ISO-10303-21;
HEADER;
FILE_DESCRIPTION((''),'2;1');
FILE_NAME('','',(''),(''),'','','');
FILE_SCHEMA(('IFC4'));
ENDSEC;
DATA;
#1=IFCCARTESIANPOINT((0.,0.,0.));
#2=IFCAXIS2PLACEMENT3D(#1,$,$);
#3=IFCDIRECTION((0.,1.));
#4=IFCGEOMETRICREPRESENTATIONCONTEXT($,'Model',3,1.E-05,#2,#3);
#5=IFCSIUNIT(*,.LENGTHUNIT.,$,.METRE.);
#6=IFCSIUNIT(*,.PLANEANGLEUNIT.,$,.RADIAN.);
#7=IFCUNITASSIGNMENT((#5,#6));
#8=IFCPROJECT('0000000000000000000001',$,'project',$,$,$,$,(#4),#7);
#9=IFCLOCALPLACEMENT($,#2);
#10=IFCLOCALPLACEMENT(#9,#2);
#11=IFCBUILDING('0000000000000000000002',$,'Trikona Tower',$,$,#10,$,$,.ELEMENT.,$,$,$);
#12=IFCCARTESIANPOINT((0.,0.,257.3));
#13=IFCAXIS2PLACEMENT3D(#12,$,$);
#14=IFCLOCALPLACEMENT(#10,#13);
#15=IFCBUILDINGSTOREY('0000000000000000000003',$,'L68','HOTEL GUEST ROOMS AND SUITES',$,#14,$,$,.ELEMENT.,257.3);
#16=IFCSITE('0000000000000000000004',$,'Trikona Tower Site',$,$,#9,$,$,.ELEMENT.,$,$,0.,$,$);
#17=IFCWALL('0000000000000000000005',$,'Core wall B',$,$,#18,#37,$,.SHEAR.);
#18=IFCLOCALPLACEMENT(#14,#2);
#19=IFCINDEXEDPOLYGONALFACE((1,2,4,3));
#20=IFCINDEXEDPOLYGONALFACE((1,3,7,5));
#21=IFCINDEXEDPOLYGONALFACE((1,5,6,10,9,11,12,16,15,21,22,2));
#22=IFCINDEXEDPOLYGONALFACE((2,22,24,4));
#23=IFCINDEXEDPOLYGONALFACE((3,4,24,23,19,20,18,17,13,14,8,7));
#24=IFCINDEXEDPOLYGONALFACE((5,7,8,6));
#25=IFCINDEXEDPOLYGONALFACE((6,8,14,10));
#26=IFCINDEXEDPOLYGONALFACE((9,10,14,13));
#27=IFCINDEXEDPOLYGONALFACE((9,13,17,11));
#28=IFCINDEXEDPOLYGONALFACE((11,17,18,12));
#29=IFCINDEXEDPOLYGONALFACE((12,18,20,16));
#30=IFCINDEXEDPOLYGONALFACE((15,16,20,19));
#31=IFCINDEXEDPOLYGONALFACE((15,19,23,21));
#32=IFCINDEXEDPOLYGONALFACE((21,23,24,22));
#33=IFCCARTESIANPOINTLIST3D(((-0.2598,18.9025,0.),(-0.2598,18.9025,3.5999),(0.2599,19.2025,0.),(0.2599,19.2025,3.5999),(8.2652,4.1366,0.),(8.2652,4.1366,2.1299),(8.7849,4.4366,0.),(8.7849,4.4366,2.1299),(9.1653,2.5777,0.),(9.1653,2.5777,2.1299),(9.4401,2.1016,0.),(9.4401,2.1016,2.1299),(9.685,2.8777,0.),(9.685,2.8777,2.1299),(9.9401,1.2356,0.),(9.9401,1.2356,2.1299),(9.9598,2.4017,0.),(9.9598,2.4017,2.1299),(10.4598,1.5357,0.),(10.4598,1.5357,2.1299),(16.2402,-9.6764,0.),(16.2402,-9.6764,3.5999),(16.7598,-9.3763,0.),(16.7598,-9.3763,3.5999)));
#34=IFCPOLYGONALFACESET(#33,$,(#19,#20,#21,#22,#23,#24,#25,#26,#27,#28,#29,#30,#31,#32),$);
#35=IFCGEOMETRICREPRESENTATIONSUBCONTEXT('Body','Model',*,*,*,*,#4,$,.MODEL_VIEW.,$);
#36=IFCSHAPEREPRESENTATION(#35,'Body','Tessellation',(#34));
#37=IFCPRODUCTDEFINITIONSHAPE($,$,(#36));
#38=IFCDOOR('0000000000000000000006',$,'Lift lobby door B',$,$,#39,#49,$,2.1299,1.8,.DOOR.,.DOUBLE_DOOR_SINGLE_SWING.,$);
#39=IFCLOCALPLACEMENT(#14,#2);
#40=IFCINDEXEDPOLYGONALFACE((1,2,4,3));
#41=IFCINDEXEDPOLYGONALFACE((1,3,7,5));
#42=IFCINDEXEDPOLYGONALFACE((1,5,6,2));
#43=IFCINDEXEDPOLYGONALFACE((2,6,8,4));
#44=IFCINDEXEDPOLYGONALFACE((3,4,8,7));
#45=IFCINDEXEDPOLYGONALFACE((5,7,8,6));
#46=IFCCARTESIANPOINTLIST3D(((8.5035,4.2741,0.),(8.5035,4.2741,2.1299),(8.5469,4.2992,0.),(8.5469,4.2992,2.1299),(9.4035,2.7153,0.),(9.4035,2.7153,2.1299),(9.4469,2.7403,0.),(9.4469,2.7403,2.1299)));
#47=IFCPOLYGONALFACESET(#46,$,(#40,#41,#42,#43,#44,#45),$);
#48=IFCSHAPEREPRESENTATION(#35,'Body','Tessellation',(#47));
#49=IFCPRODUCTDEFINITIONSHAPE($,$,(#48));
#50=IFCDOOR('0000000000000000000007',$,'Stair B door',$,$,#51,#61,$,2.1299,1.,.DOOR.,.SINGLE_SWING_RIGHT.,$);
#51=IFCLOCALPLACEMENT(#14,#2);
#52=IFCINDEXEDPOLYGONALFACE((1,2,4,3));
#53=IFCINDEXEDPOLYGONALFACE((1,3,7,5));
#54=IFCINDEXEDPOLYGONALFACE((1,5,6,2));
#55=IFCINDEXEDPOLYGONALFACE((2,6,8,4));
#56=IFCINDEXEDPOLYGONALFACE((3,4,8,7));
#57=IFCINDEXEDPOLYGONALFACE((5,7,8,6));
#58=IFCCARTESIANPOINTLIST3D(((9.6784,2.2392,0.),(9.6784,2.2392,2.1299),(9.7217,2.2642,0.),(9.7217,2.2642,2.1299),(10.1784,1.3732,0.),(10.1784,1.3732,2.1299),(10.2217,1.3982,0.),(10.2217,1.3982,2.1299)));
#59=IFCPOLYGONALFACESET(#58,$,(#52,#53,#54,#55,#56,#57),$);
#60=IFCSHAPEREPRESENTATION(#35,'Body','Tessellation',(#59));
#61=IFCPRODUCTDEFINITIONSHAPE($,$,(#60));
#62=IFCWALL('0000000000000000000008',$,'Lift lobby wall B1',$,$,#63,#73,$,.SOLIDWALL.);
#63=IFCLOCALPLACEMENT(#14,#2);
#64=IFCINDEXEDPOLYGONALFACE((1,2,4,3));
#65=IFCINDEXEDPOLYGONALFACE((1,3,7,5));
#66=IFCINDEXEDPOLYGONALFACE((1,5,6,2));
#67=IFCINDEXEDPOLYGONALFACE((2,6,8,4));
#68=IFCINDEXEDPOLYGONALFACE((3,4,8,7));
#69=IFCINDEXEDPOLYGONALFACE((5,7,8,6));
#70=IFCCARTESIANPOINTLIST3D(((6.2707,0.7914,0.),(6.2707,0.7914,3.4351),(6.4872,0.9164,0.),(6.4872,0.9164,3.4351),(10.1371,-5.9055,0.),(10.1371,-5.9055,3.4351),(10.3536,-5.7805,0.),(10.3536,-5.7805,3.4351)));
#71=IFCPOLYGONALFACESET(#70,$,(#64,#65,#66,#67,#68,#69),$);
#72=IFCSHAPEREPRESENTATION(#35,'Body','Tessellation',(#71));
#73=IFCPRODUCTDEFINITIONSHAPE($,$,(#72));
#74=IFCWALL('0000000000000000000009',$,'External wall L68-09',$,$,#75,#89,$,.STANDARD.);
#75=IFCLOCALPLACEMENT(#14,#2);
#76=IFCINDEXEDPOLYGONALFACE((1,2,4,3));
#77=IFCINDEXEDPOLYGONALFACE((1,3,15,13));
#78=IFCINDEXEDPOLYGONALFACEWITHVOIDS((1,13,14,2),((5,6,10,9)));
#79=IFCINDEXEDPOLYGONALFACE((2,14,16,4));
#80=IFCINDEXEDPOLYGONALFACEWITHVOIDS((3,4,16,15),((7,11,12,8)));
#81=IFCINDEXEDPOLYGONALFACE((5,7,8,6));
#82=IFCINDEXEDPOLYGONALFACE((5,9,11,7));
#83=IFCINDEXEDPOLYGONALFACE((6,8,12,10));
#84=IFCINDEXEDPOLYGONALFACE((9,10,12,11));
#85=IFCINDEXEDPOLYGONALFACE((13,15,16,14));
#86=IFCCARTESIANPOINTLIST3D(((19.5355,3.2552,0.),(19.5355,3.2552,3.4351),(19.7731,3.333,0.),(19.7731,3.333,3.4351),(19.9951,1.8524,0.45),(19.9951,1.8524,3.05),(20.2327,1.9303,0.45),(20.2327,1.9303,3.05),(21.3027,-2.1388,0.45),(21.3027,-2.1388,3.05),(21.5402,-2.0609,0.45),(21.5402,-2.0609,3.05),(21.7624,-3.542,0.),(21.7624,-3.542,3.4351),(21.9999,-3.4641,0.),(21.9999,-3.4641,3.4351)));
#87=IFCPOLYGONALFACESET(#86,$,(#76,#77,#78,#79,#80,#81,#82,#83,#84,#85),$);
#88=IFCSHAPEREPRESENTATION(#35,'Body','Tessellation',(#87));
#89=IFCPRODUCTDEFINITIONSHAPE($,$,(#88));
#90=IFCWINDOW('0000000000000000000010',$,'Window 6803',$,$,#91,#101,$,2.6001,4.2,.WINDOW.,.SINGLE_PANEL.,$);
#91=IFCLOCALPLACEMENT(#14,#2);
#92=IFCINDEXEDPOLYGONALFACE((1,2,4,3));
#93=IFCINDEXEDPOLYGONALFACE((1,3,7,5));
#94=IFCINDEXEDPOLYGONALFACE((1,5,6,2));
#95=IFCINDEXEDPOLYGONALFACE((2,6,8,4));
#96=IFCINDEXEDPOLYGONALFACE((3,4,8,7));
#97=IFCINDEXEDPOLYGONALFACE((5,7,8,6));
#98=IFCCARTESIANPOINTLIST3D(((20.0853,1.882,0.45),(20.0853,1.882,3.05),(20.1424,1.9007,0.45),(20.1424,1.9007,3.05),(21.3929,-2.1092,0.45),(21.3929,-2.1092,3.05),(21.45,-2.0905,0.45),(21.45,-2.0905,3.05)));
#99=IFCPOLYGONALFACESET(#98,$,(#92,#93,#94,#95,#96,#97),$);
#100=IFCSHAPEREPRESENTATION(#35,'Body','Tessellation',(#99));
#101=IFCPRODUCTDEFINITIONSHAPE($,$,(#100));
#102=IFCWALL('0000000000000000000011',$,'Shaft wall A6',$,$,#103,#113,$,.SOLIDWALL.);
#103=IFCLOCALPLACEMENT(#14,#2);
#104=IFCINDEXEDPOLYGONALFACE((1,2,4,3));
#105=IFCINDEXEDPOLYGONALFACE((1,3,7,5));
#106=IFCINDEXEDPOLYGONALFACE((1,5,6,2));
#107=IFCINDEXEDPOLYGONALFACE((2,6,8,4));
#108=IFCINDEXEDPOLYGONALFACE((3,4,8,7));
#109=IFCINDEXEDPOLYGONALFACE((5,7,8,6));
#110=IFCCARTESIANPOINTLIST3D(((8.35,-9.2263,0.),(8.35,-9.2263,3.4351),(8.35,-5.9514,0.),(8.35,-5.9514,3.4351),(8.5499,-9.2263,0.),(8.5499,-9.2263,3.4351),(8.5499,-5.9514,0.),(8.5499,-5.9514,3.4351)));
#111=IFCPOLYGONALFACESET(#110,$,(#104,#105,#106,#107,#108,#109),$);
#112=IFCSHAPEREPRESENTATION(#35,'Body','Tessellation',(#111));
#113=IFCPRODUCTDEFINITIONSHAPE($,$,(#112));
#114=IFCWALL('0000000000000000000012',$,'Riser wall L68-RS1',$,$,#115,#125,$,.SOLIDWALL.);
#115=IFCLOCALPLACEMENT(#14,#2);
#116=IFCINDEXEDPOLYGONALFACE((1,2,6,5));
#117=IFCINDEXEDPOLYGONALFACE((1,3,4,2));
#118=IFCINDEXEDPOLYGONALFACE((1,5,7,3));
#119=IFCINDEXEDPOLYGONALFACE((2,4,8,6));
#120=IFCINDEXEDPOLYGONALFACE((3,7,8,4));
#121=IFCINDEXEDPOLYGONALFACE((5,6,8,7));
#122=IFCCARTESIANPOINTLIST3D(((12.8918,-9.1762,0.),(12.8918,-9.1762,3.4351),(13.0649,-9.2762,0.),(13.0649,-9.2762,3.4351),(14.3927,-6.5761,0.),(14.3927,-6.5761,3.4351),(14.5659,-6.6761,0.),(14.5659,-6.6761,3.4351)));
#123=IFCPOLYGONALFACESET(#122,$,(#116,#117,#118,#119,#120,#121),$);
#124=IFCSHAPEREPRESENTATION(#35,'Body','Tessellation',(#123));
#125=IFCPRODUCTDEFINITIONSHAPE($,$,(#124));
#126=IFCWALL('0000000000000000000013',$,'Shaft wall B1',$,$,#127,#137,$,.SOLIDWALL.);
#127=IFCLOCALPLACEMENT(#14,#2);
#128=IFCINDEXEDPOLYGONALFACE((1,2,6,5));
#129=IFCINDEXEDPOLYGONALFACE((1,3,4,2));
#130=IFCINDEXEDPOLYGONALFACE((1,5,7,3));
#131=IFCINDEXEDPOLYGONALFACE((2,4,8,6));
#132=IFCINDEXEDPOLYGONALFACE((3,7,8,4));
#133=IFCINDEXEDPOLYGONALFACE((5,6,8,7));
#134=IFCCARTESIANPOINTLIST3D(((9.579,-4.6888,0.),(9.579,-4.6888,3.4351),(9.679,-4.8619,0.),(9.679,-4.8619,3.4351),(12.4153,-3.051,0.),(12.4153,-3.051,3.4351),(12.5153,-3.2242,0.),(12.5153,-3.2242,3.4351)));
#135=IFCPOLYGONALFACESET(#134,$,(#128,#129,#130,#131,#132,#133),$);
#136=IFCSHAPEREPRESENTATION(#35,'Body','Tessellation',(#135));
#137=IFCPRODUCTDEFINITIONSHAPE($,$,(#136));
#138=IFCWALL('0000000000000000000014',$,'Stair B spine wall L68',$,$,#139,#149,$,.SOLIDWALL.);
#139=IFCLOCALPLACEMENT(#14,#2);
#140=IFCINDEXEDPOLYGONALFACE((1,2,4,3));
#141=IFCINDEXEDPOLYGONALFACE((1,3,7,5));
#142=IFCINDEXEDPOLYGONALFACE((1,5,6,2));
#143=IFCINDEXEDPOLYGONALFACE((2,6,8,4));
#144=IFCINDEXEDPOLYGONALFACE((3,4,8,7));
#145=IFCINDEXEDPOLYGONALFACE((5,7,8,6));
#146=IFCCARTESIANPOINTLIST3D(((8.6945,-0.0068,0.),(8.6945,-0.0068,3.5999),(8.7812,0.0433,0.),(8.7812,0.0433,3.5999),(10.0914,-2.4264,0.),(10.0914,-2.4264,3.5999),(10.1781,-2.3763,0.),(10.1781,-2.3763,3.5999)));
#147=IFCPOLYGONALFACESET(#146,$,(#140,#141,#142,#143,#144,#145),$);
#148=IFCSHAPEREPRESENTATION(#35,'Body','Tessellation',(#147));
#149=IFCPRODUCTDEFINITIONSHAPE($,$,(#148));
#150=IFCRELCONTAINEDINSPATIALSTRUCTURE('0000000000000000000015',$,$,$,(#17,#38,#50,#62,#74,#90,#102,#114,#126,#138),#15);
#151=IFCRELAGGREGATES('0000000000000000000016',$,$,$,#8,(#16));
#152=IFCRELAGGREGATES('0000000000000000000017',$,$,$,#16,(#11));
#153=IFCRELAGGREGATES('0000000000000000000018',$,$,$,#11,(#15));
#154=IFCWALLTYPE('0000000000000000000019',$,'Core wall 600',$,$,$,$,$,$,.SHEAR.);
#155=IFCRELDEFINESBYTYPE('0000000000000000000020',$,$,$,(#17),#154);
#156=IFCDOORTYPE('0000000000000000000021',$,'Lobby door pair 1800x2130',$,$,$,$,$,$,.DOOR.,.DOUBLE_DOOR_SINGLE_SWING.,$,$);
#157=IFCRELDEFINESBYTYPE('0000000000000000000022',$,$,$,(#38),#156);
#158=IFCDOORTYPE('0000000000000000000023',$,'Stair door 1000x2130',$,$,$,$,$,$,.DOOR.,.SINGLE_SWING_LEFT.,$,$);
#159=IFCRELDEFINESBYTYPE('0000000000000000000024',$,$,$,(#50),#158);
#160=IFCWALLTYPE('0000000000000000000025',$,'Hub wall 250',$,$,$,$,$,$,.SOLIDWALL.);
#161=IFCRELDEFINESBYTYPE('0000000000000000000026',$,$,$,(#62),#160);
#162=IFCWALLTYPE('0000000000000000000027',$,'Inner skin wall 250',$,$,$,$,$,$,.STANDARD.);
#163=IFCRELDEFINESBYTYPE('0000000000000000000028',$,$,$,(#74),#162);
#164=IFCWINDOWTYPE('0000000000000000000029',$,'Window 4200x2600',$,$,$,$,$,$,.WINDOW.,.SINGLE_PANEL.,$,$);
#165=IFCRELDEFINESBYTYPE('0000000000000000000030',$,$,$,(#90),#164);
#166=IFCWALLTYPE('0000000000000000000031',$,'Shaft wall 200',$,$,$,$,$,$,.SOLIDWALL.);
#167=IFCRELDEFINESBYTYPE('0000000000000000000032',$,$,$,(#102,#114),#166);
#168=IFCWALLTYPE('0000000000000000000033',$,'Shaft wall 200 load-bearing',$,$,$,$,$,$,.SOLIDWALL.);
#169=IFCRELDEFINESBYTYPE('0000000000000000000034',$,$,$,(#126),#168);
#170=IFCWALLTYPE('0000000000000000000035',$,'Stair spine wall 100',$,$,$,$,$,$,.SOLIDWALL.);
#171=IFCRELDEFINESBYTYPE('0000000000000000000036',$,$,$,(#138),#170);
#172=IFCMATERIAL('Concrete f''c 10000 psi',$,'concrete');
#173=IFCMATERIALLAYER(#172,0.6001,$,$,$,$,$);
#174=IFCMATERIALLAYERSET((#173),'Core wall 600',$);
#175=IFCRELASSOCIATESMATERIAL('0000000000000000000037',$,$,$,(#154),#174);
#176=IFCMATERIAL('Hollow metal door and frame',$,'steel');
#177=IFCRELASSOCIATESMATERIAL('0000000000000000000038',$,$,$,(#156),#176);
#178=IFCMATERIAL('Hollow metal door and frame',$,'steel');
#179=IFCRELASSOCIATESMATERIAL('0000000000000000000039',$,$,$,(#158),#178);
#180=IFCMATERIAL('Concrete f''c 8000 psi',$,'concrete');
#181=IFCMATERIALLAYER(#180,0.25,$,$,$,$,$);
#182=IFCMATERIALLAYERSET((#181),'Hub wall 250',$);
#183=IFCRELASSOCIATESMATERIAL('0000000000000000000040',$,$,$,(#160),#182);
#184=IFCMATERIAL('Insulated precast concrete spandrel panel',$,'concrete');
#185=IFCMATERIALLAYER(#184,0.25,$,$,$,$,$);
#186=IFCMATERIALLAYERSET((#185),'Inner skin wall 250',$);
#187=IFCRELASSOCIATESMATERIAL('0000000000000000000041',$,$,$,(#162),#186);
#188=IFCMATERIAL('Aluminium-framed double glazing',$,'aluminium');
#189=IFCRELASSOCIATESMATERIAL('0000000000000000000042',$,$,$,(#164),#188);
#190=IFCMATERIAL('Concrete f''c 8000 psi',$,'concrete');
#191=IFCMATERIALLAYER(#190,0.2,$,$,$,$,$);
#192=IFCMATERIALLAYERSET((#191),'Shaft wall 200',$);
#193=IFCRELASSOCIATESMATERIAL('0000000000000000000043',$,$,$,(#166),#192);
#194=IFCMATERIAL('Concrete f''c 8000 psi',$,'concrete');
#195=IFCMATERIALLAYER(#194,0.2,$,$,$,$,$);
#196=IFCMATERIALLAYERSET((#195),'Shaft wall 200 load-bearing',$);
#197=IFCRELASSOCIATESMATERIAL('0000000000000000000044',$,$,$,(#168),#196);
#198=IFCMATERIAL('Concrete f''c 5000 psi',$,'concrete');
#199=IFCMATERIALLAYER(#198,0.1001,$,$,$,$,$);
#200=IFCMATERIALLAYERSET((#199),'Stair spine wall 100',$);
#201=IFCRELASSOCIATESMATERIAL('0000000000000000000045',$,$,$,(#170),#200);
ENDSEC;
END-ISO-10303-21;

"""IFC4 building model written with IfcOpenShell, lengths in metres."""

from ifc_helpers import new_model, si_unit, direction, frame, frame_2d, origin, place, context, subcontext, project, spatial, rectangle, extrude, material, layer, layer_set, type_object, element, fill, save


model = new_model("IFC4")

# Units and contexts
model_context = context("Model", 3, precision=1e-05, world=origin(), true_north=direction((0.0, 1.0)))
body_context = subcontext(model_context, "Body", "Model", "MODEL_VIEW")
ifc_project = project(units=[si_unit("LENGTHUNIT", "METRE"), si_unit("PLANEANGLEUNIT", "RADIAN")], contexts=[model_context])

# Site, building, storey
site_placement = place(None, origin())
site = spatial("IfcSite", under=ifc_project, at=site_placement, Name="Trikona Tower Site", CompositionType="ELEMENT", RefElevation=0.0)
building_placement = place(site_placement, origin())
building = spatial("IfcBuilding", under=site, at=building_placement, Name="Trikona Tower", CompositionType="ELEMENT")
storey_placement = place(building_placement, frame((0.0, 0.0, 257.3)))
storey = spatial("IfcBuildingStorey", under=building, at=storey_placement, Name="L68", Description="HOTEL GUEST ROOMS AND SUITES", CompositionType="ELEMENT", Elevation=257.3)

# Wall, openings, doors
ifc_material_1 = material(Name="Concrete f'c 10000 psi", Category="concrete")
ifc_layer_1 = layer(ifc_material_1, 0.6001)
ifc_layer_set_1 = layer_set([ifc_layer_1], Name="Core wall 600")
wall_type_1 = type_object("IfcWallType", Name="Core wall 600", PredefinedType="SHEAR", material=ifc_layer_set_1)
wall_1_placement = place(storey_placement, frame((16.5, -9.5264, 0.0), z_axis=(0.0, 0.0, 1.0), x_axis=(-0.5, 0.866026, 0.0)))
wall_1 = element("IfcWall", 1, at=wall_1_placement, inside=storey, type_object=wall_type_1, Name="Core wall B", PredefinedType="SHEAR", context=body_context, shape_type="SweptSolid", body=[
    extrude(rectangle(XDim=33.0, YDim=0.6001, at=frame_2d((16.5, 0.0))), origin(), (0.0, 0.0, 1.0), 3.5999),
])
opening_1_placement = place(wall_1_placement, frame((14.1499, 0.0, 0.0)))
opening_1 = element("IfcOpeningElement", 2, at=opening_1_placement, cuts=wall_1, PredefinedType="OPENING", context=body_context, shape_type="SweptSolid", body=[
    extrude(rectangle(XDim=1.8, YDim=2.1299, at=frame_2d((0.8999, 1.0649))), frame((0.0, 0.3101, 0.0), z_axis=(0.0, -1.0, 0.0), x_axis=(1.0, 0.0, 0.0)), (0.0, 0.0, 1.0), 0.6201),
])
opening_2_placement = place(wall_1_placement, frame((12.6001, 0.0, 0.0)))
opening_2 = element("IfcOpeningElement", 3, at=opening_2_placement, cuts=wall_1, PredefinedType="OPENING", context=body_context, shape_type="SweptSolid", body=[
    extrude(rectangle(XDim=1.0, YDim=2.1299, at=frame_2d((0.5, 1.0649))), frame((0.0, 0.3101, 0.0), z_axis=(0.0, -1.0, 0.0), x_axis=(1.0, 0.0, 0.0)), (0.0, 0.0, 1.0), 0.6201),
])
ifc_material_2 = material(Name="Hollow metal door and frame", Category="steel")
door_type_1 = type_object("IfcDoorType", Name="Lobby door pair 1800x2130", OperationType="DOUBLE_DOOR_SINGLE_SWING", PredefinedType="DOOR", material=ifc_material_2)
door_1_placement = place(opening_1_placement, origin())
door_1 = element("IfcDoor", 4, at=door_1_placement, inside=storey, type_object=door_type_1, Name="Lift lobby door B", OperationType="DOUBLE_DOOR_SINGLE_SWING", OverallHeight=2.1299, OverallWidth=1.8, PredefinedType="DOOR", context=body_context, shape_type="SweptSolid", body=[
    extrude(rectangle(XDim=1.8, YDim=2.1299, at=frame_2d((0.8999, 1.0649))), frame((0.0, 0.0249, 0.0), z_axis=(0.0, -1.0, 0.0), x_axis=(1.0, 0.0, 0.0)), (0.0, 0.0, 1.0), 0.05),
])
fill(opening_1, door_1)
ifc_material_3 = material(Name="Hollow metal door and frame", Category="steel")
door_type_2 = type_object("IfcDoorType", Name="Stair door 1000x2130", OperationType="SINGLE_SWING_LEFT", PredefinedType="DOOR", material=ifc_material_3)
door_2_placement = place(opening_2_placement, origin())
door_2 = element("IfcDoor", 5, at=door_2_placement, inside=storey, type_object=door_type_2, Name="Stair B door", OperationType="SINGLE_SWING_RIGHT", OverallHeight=2.1299, OverallWidth=1.0, PredefinedType="DOOR", context=body_context, shape_type="SweptSolid", body=[
    extrude(rectangle(XDim=1.0, YDim=2.1299, at=frame_2d((0.5, 1.0649))), frame((0.0, 0.0249, 0.0), z_axis=(0.0, -1.0, 0.0), x_axis=(1.0, 0.0, 0.0)), (0.0, 0.0, 1.0), 0.05),
])
fill(opening_2, door_2)

# Wall
ifc_material_4 = material(Name="Concrete f'c 8000 psi", Category="concrete")
ifc_layer_2 = layer(ifc_material_4, 0.25)
ifc_layer_set_2 = layer_set([ifc_layer_2], Name="Hub wall 250")
wall_type_2 = type_object("IfcWallType", Name="Hub wall 250", PredefinedType="SOLIDWALL", material=ifc_layer_set_2)
wall_2_placement = place(storey_placement, frame((10.2454, -5.843, 0.0), z_axis=(0.0, 0.0, 1.0), x_axis=(-0.499993, 0.866029, 0.0)))
element("IfcWall", 6, at=wall_2_placement, inside=storey, type_object=wall_type_2, Name="Lift lobby wall B1", PredefinedType="SOLIDWALL", context=body_context, shape_type="SweptSolid", body=[
    extrude(rectangle(XDim=7.7329, YDim=0.25, at=frame_2d((3.8665, 0.0))), origin(), (0.0, 0.0, 1.0), 3.4351),
])

# Wall, opening, window
ifc_material_5 = material(Name="Insulated precast concrete spandrel panel", Category="concrete")
ifc_layer_3 = layer(ifc_material_5, 0.25)
ifc_layer_set_3 = layer_set([ifc_layer_3], Name="Inner skin wall 250")
wall_type_3 = type_object("IfcWallType", Name="Inner skin wall 250", PredefinedType="STANDARD", material=ifc_layer_set_3)
wall_3_placement = place(storey_placement, frame((21.8811, -3.5029, 0.0), z_axis=(0.0, 0.0, 1.0), x_axis=(-0.311329, 0.950302, 0.0)))
wall_3 = element("IfcWall", 7, at=wall_3_placement, inside=storey, type_object=wall_type_3, Name="External wall L68-09", PredefinedType="STANDARD", context=body_context, shape_type="SweptSolid", body=[
    extrude(rectangle(XDim=7.1526, YDim=0.25, at=frame_2d((3.5762, 0.0))), origin(), (0.0, 0.0, 1.0), 3.4351),
])
opening_3_placement = place(wall_3_placement, frame((1.4763, 0.0, 0.45)))
opening_3 = element("IfcOpeningElement", 8, at=opening_3_placement, cuts=wall_3, PredefinedType="OPENING", context=body_context, shape_type="SweptSolid", body=[
    extrude(rectangle(XDim=4.2, YDim=2.6001, at=frame_2d((2.1001, 1.3))), frame((0.0, 0.135, 0.0), z_axis=(0.0, -1.0, 0.0), x_axis=(1.0, 0.0, 0.0)), (0.0, 0.0, 1.0), 0.27),
])
ifc_material_6 = material(Name="Aluminium-framed double glazing", Category="aluminium")
window_type_1 = type_object("IfcWindowType", Name="Window 4200x2600", PartitioningType="SINGLE_PANEL", PredefinedType="WINDOW", material=ifc_material_6)
window_1_placement = place(opening_3_placement, origin())
window_1 = element("IfcWindow", 9, at=window_1_placement, inside=storey, type_object=window_type_1, Name="Window 6803", OverallHeight=2.6001, OverallWidth=4.2, PartitioningType="SINGLE_PANEL", PredefinedType="WINDOW", context=body_context, shape_type="SweptSolid", body=[
    extrude(rectangle(XDim=4.2, YDim=2.6001, at=frame_2d((2.1001, 1.3))), frame((0.0, 0.03, 0.0), z_axis=(0.0, -1.0, 0.0), x_axis=(1.0, 0.0, 0.0)), (0.0, 0.0, 1.0), 0.0601),
])
fill(opening_3, window_1)

# Walls
ifc_material_7 = material(Name="Concrete f'c 8000 psi", Category="concrete")
ifc_layer_4 = layer(ifc_material_7, 0.2)
ifc_layer_set_4 = layer_set([ifc_layer_4], Name="Shaft wall 200")
wall_type_4 = type_object("IfcWallType", Name="Shaft wall 200", PredefinedType="SOLIDWALL", material=ifc_layer_set_4)
wall_4_placement = place(storey_placement, frame((8.45, -5.9514, 0.0), z_axis=(0.0, 0.0, 1.0), x_axis=(0.0, -1.0, 0.0)))
element("IfcWall", 10, at=wall_4_placement, inside=storey, type_object=wall_type_4, Name="Shaft wall A6", PredefinedType="SOLIDWALL", context=body_context, shape_type="SweptSolid", body=[
    extrude(rectangle(XDim=3.2749, YDim=0.2, at=frame_2d((1.6375, 0.0))), origin(), (0.0, 0.0, 1.0), 3.4351),
])
wall_5_placement = place(storey_placement, frame((14.4792, -6.6262, 0.0), z_axis=(0.0, 0.0, 1.0), x_axis=(-0.499952, -0.866053, 0.0)))
element("IfcWall", 11, at=wall_5_placement, inside=storey, type_object=wall_type_4, Name="Riser wall L68-RS1", PredefinedType="SOLIDWALL", context=body_context, shape_type="SweptSolid", body=[
    extrude(rectangle(XDim=3.0022, YDim=0.2, at=frame_2d((1.501, 0.0))), origin(), (0.0, 0.0, 1.0), 3.4351),
])
ifc_material_8 = material(Name="Concrete f'c 8000 psi", Category="concrete")
ifc_layer_5 = layer(ifc_material_8, 0.2)
ifc_layer_set_5 = layer_set([ifc_layer_5], Name="Shaft wall 200 load-bearing")
wall_type_5 = type_object("IfcWallType", Name="Shaft wall 200 load-bearing", PredefinedType="SOLIDWALL", material=ifc_layer_set_5)
wall_6_placement = place(storey_placement, frame((9.6289, -4.7754, 0.0), z_axis=(0.0, 0.0, 1.0), x_axis=(0.865996, 0.500052, 0.0)))
element("IfcWall", 12, at=wall_6_placement, inside=storey, type_object=wall_type_5, Name="Shaft wall B1", PredefinedType="SOLIDWALL", context=body_context, shape_type="SweptSolid", body=[
    extrude(rectangle(XDim=3.2751, YDim=0.2, at=frame_2d((1.6377, 0.0))), origin(), (0.0, 0.0, 1.0), 3.4351),
])
ifc_material_9 = material(Name="Concrete f'c 5000 psi", Category="concrete")
ifc_layer_6 = layer(ifc_material_9, 0.1001)
ifc_layer_set_6 = layer_set([ifc_layer_6], Name="Stair spine wall 100")
wall_type_6 = type_object("IfcWallType", Name="Stair spine wall 100", PredefinedType="SOLIDWALL", material=ifc_layer_set_6)
wall_7_placement = place(storey_placement, frame((10.1348, -2.4014, 0.0), z_axis=(0.0, 0.0, 1.0), x_axis=(-0.499992, 0.86603, 0.0)))
element("IfcWall", 13, at=wall_7_placement, inside=storey, type_object=wall_type_6, Name="Stair B spine wall L68", PredefinedType="SOLIDWALL", context=body_context, shape_type="SweptSolid", body=[
    extrude(rectangle(XDim=2.7939, YDim=0.1001, at=frame_2d((1.397, 0.0))), origin(), (0.0, 0.0, 1.0), 3.5999),
])

save(model, "model.ifc")
